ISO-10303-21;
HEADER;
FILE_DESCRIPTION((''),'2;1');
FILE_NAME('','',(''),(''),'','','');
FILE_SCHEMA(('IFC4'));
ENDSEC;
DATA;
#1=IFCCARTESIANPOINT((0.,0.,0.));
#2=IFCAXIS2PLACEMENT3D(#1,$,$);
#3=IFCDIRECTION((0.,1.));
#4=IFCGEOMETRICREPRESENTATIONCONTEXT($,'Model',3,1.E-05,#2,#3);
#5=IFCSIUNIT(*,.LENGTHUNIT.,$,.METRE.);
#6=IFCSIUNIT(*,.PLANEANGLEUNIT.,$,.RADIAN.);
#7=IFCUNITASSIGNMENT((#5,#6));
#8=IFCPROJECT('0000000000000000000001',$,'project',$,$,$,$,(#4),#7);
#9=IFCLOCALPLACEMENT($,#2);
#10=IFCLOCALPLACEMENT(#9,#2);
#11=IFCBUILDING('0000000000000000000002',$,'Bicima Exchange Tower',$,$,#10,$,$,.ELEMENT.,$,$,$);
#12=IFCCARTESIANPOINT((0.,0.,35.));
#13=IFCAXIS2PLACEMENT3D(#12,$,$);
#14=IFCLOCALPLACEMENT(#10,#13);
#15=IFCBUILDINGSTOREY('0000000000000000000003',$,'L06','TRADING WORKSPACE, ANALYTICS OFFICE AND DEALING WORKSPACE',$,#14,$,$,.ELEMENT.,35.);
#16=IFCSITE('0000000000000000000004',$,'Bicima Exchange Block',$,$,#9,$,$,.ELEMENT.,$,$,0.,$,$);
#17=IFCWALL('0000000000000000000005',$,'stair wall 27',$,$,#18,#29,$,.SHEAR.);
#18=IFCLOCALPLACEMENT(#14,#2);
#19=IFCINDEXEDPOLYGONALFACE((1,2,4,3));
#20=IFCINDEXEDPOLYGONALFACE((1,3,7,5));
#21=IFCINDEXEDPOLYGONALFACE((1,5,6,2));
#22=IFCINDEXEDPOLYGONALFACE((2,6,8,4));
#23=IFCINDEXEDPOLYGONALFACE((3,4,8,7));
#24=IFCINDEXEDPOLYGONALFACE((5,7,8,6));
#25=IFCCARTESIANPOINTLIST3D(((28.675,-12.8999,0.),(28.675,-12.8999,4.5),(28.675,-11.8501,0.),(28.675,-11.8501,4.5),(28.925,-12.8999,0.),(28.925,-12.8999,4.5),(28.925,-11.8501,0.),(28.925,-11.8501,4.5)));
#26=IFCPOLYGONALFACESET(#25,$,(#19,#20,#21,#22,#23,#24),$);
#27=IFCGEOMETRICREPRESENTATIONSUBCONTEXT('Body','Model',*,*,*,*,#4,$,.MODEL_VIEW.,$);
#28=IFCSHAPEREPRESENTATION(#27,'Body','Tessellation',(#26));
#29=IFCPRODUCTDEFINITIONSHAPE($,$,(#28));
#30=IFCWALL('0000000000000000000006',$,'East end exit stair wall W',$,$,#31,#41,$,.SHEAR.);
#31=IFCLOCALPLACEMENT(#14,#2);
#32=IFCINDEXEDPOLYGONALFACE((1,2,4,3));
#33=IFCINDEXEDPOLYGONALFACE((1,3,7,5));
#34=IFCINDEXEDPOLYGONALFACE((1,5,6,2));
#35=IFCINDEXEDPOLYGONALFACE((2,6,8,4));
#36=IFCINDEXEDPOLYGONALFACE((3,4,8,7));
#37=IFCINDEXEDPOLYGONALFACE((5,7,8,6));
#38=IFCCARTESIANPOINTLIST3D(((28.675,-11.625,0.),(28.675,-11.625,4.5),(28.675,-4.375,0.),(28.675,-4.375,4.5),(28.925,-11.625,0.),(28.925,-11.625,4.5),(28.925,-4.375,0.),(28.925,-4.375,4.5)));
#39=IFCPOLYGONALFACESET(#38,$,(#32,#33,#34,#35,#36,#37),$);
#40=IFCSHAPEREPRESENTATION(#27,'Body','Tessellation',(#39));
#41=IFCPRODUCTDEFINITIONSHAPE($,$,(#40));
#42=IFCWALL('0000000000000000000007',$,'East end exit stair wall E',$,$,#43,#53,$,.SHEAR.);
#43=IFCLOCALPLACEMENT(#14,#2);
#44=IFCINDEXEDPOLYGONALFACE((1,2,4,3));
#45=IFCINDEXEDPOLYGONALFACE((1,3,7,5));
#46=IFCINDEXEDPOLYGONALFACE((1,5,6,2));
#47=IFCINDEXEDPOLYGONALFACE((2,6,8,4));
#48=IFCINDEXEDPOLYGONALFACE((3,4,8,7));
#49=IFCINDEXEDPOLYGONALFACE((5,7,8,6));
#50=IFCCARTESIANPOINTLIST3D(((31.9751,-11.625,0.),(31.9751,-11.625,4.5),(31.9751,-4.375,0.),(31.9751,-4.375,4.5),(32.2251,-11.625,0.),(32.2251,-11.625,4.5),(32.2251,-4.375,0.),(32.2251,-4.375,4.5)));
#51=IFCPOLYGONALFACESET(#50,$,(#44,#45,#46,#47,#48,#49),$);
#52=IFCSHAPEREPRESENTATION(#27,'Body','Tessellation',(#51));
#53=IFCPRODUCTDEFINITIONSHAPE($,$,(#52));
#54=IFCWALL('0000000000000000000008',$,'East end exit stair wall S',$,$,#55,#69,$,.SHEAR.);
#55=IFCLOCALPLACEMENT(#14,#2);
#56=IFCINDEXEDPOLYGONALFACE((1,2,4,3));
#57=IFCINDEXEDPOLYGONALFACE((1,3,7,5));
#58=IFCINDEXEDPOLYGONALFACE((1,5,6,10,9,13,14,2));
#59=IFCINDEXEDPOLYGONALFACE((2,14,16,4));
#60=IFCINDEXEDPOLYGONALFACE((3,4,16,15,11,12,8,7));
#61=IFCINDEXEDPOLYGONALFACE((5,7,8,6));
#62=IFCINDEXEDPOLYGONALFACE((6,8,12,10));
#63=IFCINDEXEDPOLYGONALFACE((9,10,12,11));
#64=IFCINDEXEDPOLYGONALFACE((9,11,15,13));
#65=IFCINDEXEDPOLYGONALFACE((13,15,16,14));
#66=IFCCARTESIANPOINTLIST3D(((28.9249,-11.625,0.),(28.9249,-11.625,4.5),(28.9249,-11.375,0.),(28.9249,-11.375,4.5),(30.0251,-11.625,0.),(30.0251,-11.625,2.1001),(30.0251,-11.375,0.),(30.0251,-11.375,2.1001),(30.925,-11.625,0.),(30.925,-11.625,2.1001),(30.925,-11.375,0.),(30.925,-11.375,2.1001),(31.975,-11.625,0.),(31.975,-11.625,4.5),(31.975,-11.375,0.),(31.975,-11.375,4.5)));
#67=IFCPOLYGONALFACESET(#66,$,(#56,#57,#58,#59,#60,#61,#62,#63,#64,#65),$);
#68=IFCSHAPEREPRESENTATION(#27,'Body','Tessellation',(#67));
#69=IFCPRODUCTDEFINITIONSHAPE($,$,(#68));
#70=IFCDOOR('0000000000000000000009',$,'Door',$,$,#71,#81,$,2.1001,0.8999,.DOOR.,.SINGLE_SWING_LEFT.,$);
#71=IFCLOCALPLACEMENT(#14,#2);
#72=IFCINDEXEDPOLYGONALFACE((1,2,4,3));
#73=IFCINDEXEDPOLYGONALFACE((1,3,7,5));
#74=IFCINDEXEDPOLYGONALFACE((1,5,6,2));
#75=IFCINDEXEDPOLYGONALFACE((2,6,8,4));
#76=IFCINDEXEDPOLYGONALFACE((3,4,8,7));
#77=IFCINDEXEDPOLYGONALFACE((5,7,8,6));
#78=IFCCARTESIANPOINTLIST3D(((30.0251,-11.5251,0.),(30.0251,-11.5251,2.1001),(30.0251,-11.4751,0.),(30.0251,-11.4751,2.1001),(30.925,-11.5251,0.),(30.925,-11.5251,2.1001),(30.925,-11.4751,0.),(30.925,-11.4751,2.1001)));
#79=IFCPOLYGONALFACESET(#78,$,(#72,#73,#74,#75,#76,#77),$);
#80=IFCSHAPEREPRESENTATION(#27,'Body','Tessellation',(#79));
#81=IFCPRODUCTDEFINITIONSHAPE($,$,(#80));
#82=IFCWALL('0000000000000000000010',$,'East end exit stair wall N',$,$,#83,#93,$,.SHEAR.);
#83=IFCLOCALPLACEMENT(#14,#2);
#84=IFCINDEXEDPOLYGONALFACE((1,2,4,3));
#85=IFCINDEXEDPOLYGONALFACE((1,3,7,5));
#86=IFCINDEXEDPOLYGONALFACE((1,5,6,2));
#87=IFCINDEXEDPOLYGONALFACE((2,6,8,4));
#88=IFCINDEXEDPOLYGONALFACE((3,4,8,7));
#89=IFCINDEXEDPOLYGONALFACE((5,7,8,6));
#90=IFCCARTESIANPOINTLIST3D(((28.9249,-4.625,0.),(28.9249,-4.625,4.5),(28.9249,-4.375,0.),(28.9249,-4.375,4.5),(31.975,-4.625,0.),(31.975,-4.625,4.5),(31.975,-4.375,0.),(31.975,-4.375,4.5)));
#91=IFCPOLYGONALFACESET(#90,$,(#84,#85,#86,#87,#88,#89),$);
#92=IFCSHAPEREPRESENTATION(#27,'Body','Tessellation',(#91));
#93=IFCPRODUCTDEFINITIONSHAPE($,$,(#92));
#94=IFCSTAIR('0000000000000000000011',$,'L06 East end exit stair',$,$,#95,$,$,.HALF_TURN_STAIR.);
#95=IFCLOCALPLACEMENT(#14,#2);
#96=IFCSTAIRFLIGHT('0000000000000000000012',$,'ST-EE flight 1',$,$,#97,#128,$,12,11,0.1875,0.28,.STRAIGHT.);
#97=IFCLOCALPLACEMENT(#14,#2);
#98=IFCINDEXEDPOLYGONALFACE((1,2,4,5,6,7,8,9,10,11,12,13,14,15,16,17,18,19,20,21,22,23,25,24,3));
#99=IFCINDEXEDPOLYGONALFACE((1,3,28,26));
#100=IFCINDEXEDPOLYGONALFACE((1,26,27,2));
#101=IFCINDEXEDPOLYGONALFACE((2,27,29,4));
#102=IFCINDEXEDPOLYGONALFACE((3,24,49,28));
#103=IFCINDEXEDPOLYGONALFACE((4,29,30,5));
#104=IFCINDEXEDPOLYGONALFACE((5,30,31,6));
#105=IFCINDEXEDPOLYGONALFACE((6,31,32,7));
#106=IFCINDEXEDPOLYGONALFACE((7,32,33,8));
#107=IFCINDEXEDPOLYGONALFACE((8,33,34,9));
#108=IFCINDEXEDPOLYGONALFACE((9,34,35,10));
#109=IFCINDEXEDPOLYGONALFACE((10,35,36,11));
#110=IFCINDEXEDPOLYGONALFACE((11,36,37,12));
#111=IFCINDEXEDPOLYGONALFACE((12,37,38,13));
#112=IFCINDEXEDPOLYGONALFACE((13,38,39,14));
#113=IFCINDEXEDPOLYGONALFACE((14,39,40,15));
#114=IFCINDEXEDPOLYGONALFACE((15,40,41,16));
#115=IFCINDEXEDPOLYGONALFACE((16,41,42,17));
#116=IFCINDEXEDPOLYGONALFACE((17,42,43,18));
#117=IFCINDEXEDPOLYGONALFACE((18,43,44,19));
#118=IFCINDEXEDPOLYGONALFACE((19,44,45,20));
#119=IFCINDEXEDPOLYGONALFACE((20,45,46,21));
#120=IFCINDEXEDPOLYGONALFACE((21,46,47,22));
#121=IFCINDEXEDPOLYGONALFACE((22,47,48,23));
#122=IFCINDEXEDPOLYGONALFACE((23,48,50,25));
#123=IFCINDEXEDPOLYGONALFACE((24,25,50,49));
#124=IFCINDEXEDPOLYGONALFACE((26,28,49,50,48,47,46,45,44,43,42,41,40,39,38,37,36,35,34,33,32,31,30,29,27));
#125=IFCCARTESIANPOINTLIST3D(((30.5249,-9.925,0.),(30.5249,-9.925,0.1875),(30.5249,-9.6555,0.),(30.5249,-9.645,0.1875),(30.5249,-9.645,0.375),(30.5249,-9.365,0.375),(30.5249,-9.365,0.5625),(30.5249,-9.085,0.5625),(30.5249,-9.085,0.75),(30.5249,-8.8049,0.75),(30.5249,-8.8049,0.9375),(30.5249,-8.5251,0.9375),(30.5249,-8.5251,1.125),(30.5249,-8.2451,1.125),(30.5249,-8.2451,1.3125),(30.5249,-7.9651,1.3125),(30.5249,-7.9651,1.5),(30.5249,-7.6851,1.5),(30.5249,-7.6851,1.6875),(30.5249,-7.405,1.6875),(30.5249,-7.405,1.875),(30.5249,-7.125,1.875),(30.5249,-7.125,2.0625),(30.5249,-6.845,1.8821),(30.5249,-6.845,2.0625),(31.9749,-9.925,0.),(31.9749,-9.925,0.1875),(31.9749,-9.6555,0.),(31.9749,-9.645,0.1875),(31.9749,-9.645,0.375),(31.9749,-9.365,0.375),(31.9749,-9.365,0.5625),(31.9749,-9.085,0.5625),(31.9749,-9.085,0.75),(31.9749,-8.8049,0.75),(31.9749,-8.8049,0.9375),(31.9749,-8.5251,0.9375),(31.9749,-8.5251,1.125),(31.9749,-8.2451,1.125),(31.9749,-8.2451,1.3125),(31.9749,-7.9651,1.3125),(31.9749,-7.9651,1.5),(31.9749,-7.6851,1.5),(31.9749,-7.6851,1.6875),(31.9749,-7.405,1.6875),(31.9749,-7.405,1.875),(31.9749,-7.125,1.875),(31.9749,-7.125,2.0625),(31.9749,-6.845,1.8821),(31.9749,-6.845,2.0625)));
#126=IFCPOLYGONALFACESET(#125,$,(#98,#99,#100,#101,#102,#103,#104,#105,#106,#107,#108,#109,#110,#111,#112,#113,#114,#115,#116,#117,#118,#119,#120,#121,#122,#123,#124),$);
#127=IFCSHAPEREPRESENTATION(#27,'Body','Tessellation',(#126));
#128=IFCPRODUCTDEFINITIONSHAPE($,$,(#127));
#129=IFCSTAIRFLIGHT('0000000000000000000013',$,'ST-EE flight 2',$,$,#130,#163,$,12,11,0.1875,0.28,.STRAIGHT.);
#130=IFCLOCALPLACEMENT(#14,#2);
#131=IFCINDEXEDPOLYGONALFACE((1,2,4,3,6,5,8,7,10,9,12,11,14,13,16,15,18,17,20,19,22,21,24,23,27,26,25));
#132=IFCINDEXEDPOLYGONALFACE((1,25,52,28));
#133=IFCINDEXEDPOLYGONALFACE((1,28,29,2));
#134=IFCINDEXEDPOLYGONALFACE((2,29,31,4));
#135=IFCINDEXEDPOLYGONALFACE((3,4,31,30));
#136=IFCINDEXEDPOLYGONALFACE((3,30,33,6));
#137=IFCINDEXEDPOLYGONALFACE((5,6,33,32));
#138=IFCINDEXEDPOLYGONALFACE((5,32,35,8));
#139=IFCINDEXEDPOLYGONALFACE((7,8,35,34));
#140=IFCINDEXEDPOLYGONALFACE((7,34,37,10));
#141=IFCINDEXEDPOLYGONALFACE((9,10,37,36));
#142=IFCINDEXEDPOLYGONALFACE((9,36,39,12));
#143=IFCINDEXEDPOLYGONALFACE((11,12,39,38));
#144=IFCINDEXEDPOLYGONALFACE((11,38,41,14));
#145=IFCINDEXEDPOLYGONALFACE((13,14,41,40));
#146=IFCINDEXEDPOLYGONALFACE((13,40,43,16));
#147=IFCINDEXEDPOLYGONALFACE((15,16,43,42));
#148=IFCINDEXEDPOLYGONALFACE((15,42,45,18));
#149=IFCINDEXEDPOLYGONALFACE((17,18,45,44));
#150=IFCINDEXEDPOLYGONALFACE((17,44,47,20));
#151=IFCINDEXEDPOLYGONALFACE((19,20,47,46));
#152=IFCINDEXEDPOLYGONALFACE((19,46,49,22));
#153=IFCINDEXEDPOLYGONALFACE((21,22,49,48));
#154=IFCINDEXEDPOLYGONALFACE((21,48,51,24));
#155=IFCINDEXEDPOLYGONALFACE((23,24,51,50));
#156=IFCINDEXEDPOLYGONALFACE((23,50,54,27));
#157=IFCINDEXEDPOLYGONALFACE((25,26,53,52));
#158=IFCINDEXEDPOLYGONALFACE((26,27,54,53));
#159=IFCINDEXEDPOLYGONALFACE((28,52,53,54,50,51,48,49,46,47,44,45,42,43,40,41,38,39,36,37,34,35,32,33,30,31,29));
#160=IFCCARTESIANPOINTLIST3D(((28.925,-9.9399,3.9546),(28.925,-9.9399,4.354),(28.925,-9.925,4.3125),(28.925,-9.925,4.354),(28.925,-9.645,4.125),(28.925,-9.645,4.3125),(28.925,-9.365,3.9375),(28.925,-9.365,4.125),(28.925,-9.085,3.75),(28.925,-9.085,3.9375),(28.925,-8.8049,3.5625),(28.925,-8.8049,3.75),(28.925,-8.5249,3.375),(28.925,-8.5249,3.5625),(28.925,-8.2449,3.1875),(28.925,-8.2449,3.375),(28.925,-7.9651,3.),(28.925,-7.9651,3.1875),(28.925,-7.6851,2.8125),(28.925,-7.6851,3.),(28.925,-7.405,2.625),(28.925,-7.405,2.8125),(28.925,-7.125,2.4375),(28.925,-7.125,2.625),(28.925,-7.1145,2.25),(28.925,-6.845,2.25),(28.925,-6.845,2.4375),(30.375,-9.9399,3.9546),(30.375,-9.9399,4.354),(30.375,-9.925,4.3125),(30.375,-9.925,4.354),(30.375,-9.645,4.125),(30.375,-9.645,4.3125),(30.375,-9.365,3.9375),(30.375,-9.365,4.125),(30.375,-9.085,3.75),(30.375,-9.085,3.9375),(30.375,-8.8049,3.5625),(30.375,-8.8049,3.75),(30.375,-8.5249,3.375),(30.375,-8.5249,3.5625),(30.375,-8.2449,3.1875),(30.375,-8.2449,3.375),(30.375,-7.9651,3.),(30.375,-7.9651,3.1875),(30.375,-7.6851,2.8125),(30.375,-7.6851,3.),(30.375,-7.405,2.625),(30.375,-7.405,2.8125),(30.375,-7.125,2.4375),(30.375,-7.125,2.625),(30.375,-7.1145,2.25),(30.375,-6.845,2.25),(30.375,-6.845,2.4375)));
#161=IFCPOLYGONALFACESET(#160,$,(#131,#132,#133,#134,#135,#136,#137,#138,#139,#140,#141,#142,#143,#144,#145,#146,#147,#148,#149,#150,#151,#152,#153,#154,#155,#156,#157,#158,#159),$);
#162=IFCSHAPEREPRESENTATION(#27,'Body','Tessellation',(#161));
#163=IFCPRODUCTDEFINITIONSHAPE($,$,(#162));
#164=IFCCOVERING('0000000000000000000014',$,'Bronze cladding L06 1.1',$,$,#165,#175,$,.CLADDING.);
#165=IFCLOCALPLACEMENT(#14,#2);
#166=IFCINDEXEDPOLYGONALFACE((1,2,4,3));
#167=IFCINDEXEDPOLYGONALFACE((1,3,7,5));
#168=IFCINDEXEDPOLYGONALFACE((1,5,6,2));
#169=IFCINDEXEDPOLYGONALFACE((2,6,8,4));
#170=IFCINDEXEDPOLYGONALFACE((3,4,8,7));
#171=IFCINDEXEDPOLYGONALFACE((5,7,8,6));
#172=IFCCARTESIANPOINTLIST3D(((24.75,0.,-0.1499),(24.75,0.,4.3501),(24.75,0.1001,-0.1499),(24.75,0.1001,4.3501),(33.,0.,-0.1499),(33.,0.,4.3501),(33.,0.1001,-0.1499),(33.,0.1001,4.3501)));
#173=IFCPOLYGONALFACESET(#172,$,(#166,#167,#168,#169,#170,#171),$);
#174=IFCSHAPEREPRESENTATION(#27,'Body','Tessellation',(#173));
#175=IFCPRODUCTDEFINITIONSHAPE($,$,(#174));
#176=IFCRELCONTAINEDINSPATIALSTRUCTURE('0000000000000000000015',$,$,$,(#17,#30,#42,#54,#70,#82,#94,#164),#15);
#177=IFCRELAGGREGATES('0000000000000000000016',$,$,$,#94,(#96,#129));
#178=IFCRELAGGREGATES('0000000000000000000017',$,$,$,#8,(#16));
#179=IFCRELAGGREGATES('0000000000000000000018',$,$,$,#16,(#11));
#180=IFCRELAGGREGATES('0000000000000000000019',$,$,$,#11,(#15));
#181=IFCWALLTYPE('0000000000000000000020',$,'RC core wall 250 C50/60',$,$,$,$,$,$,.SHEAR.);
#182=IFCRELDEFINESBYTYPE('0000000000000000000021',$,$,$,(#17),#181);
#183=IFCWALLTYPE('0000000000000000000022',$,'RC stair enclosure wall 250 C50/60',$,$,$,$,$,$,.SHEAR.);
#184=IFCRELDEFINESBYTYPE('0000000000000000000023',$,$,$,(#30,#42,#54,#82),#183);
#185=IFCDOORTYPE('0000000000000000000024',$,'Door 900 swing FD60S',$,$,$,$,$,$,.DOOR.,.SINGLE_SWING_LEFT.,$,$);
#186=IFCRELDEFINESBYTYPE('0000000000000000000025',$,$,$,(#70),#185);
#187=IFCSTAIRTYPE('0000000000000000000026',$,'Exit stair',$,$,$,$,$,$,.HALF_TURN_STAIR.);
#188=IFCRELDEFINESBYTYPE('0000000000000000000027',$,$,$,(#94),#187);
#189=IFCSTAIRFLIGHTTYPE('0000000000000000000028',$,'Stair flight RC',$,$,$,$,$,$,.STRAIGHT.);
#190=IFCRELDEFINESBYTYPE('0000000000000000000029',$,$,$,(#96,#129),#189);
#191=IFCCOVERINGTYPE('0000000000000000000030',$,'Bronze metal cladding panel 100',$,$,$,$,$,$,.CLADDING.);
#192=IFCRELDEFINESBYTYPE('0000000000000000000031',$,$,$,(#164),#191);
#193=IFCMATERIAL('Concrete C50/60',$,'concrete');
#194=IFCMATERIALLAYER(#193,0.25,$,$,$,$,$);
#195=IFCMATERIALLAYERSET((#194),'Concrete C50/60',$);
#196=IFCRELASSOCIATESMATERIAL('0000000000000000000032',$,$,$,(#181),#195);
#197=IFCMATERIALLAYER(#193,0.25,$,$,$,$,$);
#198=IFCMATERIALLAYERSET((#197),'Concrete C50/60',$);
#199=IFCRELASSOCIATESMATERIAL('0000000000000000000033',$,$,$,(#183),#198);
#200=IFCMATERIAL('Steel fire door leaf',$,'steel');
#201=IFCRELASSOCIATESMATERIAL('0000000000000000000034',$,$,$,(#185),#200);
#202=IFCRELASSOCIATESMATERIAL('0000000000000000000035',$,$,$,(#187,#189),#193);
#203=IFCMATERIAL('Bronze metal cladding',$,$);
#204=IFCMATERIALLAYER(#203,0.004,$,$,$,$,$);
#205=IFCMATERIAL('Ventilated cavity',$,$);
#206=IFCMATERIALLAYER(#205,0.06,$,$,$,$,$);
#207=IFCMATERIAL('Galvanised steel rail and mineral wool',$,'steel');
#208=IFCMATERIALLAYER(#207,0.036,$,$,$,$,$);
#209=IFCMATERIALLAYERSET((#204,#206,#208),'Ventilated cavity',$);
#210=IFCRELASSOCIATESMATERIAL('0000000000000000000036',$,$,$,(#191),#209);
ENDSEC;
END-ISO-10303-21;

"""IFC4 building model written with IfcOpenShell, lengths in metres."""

from ifc_helpers import new_model, si_unit, direction, frame, frame_2d, origin, origin_2d, place, context, subcontext, project, spatial, polyline, rectangle, outline, extrude, material, layer, layer_set, type_object, element, fill, aggregate, save


model = new_model("IFC4")

# Units and contexts
model_context = context("Model", 3, precision=1e-05, world=origin(), true_north=direction((0.0, 1.0)))
body_context = subcontext(model_context, "Body", "Model", "MODEL_VIEW")
ifc_project = project(units=[si_unit("LENGTHUNIT", "METRE"), si_unit("PLANEANGLEUNIT", "RADIAN")], contexts=[model_context])

# Site, building, storey
site_placement = place(None, origin())
site = spatial("IfcSite", under=ifc_project, at=site_placement, Name="Bicima Exchange Block", CompositionType="ELEMENT", RefElevation=0.0)
building_placement = place(site_placement, origin())
building = spatial("IfcBuilding", under=site, at=building_placement, Name="Bicima Exchange Tower", CompositionType="ELEMENT")
storey_placement = place(building_placement, frame((0.0, 0.0, 35.0)))
storey = spatial("IfcBuildingStorey", under=building, at=storey_placement, Name="L06", Description="TRADING WORKSPACE, ANALYTICS OFFICE AND DEALING WORKSPACE", CompositionType="ELEMENT", Elevation=35.0)

# Shared definitions
ifc_material_1 = material(Name="Steel fire door leaf", Category="steel")

# Walls
ifc_material_2 = material(Name="Concrete C50/60", Category="concrete")
ifc_layer_1 = layer(ifc_material_2, 0.25)
ifc_layer_set_1 = layer_set([ifc_layer_1], Name="Concrete C50/60")
wall_type_1 = type_object("IfcWallType", Name="RC core wall 250 C50/60", PredefinedType="SHEAR", material=ifc_layer_set_1)
wall_1_placement = place(storey_placement, frame((28.8, -12.8999, 0.0), z_axis=(0.0, 0.0, 1.0), x_axis=(0.0, 1.0, 0.0)))
element("IfcWall", 1, at=wall_1_placement, inside=storey, type_object=wall_type_1, Name="stair wall 27", PredefinedType="SHEAR", context=body_context, shape_type="SweptSolid", body=[
    extrude(rectangle(XDim=1.0498, YDim=0.25, at=frame_2d((0.5249, 0.0))), origin(), (0.0, 0.0, 1.0), 4.5),
])
ifc_layer_2 = layer(ifc_material_2, 0.25)
ifc_layer_set_2 = layer_set([ifc_layer_2], Name="Concrete C50/60")
wall_type_2 = type_object("IfcWallType", Name="RC stair enclosure wall 250 C50/60", PredefinedType="SHEAR", material=ifc_layer_set_2)
for number, where, z_axis, x_axis, name in (
    (2, (28.8, -11.625, 0.0), (0.0, 0.0, 1.0), (0.0, 1.0, 0.0), "East end exit stair wall W"),
    (3, (32.1001, -11.625, 0.0), (0.0, 0.0, 1.0), (0.0, 1.0, 0.0), "East end exit stair wall E"),
):
    element("IfcWall", number, at=place(storey_placement, frame(where, z_axis=z_axis, x_axis=x_axis)), inside=storey, type_object=wall_type_2, Name=name, PredefinedType="SHEAR", context=body_context, shape_type="SweptSolid", body=[
        extrude(rectangle(XDim=7.25, YDim=0.25, at=frame_2d((3.625, 0.0))), origin(), (0.0, 0.0, 1.0), 4.5),
    ])

# Wall, opening, door
wall_2_placement = place(storey_placement, frame((28.925, -11.5, 0.0), z_axis=(0.0, 0.0, 1.0), x_axis=(1.0, 0.0, 0.0)))
wall_2 = element("IfcWall", 4, at=wall_2_placement, inside=storey, type_object=wall_type_2, Name="East end exit stair wall S", PredefinedType="SHEAR", context=body_context, shape_type="SweptSolid", body=[
    extrude(rectangle(XDim=3.05, YDim=0.25, at=frame_2d((1.5249, 0.0))), origin(), (0.0, 0.0, 1.0), 4.5),
])
opening_1_placement = place(wall_2_placement, frame((1.1001, 0.0, 0.0)))
opening_1 = element("IfcOpeningElement", 5, at=opening_1_placement, cuts=wall_2, PredefinedType="OPENING", context=body_context, shape_type="SweptSolid", body=[
    extrude(rectangle(XDim=0.8999, YDim=2.1001, at=frame_2d((0.45, 1.05))), frame((0.0, 0.137, 0.0), z_axis=(0.0, -1.0, 0.0), x_axis=(1.0, 0.0, 0.0)), (0.0, 0.0, 1.0), 0.2739),
])
door_type_1 = type_object("IfcDoorType", Name="Door 900 swing FD60S", OperationType="SINGLE_SWING_LEFT", PredefinedType="DOOR", material=ifc_material_1)
door_1_placement = place(opening_1_placement, origin())
door_1 = element("IfcDoor", 6, at=door_1_placement, inside=storey, type_object=door_type_1, Name="Door", OperationType="SINGLE_SWING_LEFT", OverallHeight=2.1001, OverallWidth=0.8999, PredefinedType="DOOR", context=body_context, shape_type="SweptSolid", body=[
    extrude(rectangle(XDim=0.8999, YDim=2.1001, at=frame_2d((0.45, 1.05))), frame((0.0, 0.0249, 0.0), z_axis=(0.0, -1.0, 0.0), x_axis=(1.0, 0.0, 0.0)), (0.0, 0.0, 1.0), 0.05),
])
fill(opening_1, door_1)

# Wall
wall_3_placement = place(storey_placement, frame((28.925, -4.5, 0.0), z_axis=(0.0, 0.0, 1.0), x_axis=(1.0, 0.0, 0.0)))
element("IfcWall", 7, at=wall_3_placement, inside=storey, type_object=wall_type_2, Name="East end exit stair wall N", PredefinedType="SHEAR", context=body_context, shape_type="SweptSolid", body=[
    extrude(rectangle(XDim=3.05, YDim=0.25, at=frame_2d((1.5249, 0.0))), origin(), (0.0, 0.0, 1.0), 4.5),
])

# Stair, stair flights
stair_type = type_object("IfcStairType", Name="Exit stair", PredefinedType="HALF_TURN_STAIR", material=ifc_material_2)
stair_placement = place(storey_placement, origin())
stair = element("IfcStair", 8, at=stair_placement, inside=storey, type_object=stair_type, Name="L06 East end exit stair", PredefinedType="HALF_TURN_STAIR")
stair_flight_type = type_object("IfcStairFlightType", Name="Stair flight RC", PredefinedType="STRAIGHT", material=ifc_material_2)
stair_flight_1_placement = place(storey_placement, frame((31.25, -9.925, 0.0), z_axis=(0.0, 0.0, 1.0), x_axis=(0.0, 1.0, 0.0)))
stair_flight_1 = element("IfcStairFlight", 9, at=stair_flight_1_placement, type_object=stair_flight_type, Name="ST-EE flight 1", NumberOfRisers=12, NumberOfTreads=11, PredefinedType="STRAIGHT", RiserHeight=0.1875, TreadLength=0.28, context=body_context, shape_type="SweptSolid", body=[
    extrude(outline(polyline([(0.0, 0.0), (0.0, 0.1875), (0.28, 0.1875), (0.28, 0.375), (0.5601, 0.375), (0.5601, 0.5625), (0.8401, 0.5625), (0.8401, 0.75), (1.1201, 0.75), (1.1201, 0.9375), (1.3999, 0.9375), (1.3999, 1.125), (1.6799, 1.125), (1.6799, 1.3125), (1.96, 1.3125), (1.96, 1.5), (2.24, 1.5), (2.24, 1.6875), (2.52, 1.6875), (2.52, 1.875), (2.8, 1.875), (2.8, 2.0625), (3.0801, 2.0625), (3.0801, 2.25), (3.0801, 1.8821), (0.2695, 0.0), (0.0, 0.0)])), frame((0.0, 0.7251, 0.0), z_axis=(0.0, -1.0, 0.0), x_axis=(1.0, 0.0, 0.0)), (0.0, 0.0, 1.0), 1.45),
])
stair_flight_2_placement = place(storey_placement, frame((29.6499, -6.845, 2.25), z_axis=(0.0, 0.0, 1.0), x_axis=(0.0, -1.0, 0.0)))
stair_flight_2 = element("IfcStairFlight", 10, at=stair_flight_2_placement, type_object=stair_flight_type, Name="ST-EE flight 2", NumberOfRisers=12, NumberOfTreads=11, PredefinedType="STRAIGHT", RiserHeight=0.1875, TreadLength=0.28, context=body_context, shape_type="SweptSolid", body=[
    extrude(outline(polyline([(0.0, 0.0), (0.0, 0.1875), (0.28, 0.1875), (0.28, 0.375), (0.5601, 0.375), (0.5601, 0.5625), (0.8401, 0.5625), (0.8401, 0.75), (1.1201, 0.75), (1.1201, 0.9375), (1.3999, 0.9375), (1.3999, 1.125), (1.6799, 1.125), (1.6799, 1.3125), (1.96, 1.3125), (1.96, 1.5), (2.24, 1.5), (2.24, 1.6875), (2.52, 1.6875), (2.52, 1.875), (2.8, 1.875), (2.8, 2.0625), (3.0801, 2.0625), (3.0801, 2.104), (3.095, 2.104), (3.095, 1.7046), (0.2695, 0.0), (0.0, 0.0)])), frame((0.0, 0.7251, 0.0), z_axis=(0.0, -1.0, 0.0), x_axis=(1.0, 0.0, 0.0)), (0.0, 0.0, 1.0), 1.45),
])
aggregate(stair, [stair_flight_1, stair_flight_2])

# Covering
ifc_material_3 = material(Name="Bronze metal cladding")
ifc_layer_3 = layer(ifc_material_3, 0.004)
ifc_material_4 = material(Name="Ventilated cavity")
ifc_layer_4 = layer(ifc_material_4, 0.06)
ifc_material_5 = material(Name="Galvanised steel rail and mineral wool", Category="steel")
ifc_layer_5 = layer(ifc_material_5, 0.036)
ifc_layer_set_3 = layer_set([ifc_layer_3, ifc_layer_4, ifc_layer_5], Name="Ventilated cavity")
covering_type = type_object("IfcCoveringType", Name="Bronze metal cladding panel 100", PredefinedType="CLADDING", material=ifc_layer_set_3)
covering_placement = place(storey_placement, frame((28.875, 0.05, -0.1499), z_axis=(0.0, 0.0, 1.0), x_axis=(-1.0, 0.0, 0.0)))
element("IfcCovering", 11, at=covering_placement, inside=storey, type_object=covering_type, Name="Bronze cladding L06 1.1", PredefinedType="CLADDING", context=body_context, shape_type="SweptSolid", body=[
    extrude(rectangle(XDim=8.25, YDim=0.1001, at=origin_2d()), origin(), (0.0, 0.0, 1.0), 4.5),
])

save(model, "model.ifc")
